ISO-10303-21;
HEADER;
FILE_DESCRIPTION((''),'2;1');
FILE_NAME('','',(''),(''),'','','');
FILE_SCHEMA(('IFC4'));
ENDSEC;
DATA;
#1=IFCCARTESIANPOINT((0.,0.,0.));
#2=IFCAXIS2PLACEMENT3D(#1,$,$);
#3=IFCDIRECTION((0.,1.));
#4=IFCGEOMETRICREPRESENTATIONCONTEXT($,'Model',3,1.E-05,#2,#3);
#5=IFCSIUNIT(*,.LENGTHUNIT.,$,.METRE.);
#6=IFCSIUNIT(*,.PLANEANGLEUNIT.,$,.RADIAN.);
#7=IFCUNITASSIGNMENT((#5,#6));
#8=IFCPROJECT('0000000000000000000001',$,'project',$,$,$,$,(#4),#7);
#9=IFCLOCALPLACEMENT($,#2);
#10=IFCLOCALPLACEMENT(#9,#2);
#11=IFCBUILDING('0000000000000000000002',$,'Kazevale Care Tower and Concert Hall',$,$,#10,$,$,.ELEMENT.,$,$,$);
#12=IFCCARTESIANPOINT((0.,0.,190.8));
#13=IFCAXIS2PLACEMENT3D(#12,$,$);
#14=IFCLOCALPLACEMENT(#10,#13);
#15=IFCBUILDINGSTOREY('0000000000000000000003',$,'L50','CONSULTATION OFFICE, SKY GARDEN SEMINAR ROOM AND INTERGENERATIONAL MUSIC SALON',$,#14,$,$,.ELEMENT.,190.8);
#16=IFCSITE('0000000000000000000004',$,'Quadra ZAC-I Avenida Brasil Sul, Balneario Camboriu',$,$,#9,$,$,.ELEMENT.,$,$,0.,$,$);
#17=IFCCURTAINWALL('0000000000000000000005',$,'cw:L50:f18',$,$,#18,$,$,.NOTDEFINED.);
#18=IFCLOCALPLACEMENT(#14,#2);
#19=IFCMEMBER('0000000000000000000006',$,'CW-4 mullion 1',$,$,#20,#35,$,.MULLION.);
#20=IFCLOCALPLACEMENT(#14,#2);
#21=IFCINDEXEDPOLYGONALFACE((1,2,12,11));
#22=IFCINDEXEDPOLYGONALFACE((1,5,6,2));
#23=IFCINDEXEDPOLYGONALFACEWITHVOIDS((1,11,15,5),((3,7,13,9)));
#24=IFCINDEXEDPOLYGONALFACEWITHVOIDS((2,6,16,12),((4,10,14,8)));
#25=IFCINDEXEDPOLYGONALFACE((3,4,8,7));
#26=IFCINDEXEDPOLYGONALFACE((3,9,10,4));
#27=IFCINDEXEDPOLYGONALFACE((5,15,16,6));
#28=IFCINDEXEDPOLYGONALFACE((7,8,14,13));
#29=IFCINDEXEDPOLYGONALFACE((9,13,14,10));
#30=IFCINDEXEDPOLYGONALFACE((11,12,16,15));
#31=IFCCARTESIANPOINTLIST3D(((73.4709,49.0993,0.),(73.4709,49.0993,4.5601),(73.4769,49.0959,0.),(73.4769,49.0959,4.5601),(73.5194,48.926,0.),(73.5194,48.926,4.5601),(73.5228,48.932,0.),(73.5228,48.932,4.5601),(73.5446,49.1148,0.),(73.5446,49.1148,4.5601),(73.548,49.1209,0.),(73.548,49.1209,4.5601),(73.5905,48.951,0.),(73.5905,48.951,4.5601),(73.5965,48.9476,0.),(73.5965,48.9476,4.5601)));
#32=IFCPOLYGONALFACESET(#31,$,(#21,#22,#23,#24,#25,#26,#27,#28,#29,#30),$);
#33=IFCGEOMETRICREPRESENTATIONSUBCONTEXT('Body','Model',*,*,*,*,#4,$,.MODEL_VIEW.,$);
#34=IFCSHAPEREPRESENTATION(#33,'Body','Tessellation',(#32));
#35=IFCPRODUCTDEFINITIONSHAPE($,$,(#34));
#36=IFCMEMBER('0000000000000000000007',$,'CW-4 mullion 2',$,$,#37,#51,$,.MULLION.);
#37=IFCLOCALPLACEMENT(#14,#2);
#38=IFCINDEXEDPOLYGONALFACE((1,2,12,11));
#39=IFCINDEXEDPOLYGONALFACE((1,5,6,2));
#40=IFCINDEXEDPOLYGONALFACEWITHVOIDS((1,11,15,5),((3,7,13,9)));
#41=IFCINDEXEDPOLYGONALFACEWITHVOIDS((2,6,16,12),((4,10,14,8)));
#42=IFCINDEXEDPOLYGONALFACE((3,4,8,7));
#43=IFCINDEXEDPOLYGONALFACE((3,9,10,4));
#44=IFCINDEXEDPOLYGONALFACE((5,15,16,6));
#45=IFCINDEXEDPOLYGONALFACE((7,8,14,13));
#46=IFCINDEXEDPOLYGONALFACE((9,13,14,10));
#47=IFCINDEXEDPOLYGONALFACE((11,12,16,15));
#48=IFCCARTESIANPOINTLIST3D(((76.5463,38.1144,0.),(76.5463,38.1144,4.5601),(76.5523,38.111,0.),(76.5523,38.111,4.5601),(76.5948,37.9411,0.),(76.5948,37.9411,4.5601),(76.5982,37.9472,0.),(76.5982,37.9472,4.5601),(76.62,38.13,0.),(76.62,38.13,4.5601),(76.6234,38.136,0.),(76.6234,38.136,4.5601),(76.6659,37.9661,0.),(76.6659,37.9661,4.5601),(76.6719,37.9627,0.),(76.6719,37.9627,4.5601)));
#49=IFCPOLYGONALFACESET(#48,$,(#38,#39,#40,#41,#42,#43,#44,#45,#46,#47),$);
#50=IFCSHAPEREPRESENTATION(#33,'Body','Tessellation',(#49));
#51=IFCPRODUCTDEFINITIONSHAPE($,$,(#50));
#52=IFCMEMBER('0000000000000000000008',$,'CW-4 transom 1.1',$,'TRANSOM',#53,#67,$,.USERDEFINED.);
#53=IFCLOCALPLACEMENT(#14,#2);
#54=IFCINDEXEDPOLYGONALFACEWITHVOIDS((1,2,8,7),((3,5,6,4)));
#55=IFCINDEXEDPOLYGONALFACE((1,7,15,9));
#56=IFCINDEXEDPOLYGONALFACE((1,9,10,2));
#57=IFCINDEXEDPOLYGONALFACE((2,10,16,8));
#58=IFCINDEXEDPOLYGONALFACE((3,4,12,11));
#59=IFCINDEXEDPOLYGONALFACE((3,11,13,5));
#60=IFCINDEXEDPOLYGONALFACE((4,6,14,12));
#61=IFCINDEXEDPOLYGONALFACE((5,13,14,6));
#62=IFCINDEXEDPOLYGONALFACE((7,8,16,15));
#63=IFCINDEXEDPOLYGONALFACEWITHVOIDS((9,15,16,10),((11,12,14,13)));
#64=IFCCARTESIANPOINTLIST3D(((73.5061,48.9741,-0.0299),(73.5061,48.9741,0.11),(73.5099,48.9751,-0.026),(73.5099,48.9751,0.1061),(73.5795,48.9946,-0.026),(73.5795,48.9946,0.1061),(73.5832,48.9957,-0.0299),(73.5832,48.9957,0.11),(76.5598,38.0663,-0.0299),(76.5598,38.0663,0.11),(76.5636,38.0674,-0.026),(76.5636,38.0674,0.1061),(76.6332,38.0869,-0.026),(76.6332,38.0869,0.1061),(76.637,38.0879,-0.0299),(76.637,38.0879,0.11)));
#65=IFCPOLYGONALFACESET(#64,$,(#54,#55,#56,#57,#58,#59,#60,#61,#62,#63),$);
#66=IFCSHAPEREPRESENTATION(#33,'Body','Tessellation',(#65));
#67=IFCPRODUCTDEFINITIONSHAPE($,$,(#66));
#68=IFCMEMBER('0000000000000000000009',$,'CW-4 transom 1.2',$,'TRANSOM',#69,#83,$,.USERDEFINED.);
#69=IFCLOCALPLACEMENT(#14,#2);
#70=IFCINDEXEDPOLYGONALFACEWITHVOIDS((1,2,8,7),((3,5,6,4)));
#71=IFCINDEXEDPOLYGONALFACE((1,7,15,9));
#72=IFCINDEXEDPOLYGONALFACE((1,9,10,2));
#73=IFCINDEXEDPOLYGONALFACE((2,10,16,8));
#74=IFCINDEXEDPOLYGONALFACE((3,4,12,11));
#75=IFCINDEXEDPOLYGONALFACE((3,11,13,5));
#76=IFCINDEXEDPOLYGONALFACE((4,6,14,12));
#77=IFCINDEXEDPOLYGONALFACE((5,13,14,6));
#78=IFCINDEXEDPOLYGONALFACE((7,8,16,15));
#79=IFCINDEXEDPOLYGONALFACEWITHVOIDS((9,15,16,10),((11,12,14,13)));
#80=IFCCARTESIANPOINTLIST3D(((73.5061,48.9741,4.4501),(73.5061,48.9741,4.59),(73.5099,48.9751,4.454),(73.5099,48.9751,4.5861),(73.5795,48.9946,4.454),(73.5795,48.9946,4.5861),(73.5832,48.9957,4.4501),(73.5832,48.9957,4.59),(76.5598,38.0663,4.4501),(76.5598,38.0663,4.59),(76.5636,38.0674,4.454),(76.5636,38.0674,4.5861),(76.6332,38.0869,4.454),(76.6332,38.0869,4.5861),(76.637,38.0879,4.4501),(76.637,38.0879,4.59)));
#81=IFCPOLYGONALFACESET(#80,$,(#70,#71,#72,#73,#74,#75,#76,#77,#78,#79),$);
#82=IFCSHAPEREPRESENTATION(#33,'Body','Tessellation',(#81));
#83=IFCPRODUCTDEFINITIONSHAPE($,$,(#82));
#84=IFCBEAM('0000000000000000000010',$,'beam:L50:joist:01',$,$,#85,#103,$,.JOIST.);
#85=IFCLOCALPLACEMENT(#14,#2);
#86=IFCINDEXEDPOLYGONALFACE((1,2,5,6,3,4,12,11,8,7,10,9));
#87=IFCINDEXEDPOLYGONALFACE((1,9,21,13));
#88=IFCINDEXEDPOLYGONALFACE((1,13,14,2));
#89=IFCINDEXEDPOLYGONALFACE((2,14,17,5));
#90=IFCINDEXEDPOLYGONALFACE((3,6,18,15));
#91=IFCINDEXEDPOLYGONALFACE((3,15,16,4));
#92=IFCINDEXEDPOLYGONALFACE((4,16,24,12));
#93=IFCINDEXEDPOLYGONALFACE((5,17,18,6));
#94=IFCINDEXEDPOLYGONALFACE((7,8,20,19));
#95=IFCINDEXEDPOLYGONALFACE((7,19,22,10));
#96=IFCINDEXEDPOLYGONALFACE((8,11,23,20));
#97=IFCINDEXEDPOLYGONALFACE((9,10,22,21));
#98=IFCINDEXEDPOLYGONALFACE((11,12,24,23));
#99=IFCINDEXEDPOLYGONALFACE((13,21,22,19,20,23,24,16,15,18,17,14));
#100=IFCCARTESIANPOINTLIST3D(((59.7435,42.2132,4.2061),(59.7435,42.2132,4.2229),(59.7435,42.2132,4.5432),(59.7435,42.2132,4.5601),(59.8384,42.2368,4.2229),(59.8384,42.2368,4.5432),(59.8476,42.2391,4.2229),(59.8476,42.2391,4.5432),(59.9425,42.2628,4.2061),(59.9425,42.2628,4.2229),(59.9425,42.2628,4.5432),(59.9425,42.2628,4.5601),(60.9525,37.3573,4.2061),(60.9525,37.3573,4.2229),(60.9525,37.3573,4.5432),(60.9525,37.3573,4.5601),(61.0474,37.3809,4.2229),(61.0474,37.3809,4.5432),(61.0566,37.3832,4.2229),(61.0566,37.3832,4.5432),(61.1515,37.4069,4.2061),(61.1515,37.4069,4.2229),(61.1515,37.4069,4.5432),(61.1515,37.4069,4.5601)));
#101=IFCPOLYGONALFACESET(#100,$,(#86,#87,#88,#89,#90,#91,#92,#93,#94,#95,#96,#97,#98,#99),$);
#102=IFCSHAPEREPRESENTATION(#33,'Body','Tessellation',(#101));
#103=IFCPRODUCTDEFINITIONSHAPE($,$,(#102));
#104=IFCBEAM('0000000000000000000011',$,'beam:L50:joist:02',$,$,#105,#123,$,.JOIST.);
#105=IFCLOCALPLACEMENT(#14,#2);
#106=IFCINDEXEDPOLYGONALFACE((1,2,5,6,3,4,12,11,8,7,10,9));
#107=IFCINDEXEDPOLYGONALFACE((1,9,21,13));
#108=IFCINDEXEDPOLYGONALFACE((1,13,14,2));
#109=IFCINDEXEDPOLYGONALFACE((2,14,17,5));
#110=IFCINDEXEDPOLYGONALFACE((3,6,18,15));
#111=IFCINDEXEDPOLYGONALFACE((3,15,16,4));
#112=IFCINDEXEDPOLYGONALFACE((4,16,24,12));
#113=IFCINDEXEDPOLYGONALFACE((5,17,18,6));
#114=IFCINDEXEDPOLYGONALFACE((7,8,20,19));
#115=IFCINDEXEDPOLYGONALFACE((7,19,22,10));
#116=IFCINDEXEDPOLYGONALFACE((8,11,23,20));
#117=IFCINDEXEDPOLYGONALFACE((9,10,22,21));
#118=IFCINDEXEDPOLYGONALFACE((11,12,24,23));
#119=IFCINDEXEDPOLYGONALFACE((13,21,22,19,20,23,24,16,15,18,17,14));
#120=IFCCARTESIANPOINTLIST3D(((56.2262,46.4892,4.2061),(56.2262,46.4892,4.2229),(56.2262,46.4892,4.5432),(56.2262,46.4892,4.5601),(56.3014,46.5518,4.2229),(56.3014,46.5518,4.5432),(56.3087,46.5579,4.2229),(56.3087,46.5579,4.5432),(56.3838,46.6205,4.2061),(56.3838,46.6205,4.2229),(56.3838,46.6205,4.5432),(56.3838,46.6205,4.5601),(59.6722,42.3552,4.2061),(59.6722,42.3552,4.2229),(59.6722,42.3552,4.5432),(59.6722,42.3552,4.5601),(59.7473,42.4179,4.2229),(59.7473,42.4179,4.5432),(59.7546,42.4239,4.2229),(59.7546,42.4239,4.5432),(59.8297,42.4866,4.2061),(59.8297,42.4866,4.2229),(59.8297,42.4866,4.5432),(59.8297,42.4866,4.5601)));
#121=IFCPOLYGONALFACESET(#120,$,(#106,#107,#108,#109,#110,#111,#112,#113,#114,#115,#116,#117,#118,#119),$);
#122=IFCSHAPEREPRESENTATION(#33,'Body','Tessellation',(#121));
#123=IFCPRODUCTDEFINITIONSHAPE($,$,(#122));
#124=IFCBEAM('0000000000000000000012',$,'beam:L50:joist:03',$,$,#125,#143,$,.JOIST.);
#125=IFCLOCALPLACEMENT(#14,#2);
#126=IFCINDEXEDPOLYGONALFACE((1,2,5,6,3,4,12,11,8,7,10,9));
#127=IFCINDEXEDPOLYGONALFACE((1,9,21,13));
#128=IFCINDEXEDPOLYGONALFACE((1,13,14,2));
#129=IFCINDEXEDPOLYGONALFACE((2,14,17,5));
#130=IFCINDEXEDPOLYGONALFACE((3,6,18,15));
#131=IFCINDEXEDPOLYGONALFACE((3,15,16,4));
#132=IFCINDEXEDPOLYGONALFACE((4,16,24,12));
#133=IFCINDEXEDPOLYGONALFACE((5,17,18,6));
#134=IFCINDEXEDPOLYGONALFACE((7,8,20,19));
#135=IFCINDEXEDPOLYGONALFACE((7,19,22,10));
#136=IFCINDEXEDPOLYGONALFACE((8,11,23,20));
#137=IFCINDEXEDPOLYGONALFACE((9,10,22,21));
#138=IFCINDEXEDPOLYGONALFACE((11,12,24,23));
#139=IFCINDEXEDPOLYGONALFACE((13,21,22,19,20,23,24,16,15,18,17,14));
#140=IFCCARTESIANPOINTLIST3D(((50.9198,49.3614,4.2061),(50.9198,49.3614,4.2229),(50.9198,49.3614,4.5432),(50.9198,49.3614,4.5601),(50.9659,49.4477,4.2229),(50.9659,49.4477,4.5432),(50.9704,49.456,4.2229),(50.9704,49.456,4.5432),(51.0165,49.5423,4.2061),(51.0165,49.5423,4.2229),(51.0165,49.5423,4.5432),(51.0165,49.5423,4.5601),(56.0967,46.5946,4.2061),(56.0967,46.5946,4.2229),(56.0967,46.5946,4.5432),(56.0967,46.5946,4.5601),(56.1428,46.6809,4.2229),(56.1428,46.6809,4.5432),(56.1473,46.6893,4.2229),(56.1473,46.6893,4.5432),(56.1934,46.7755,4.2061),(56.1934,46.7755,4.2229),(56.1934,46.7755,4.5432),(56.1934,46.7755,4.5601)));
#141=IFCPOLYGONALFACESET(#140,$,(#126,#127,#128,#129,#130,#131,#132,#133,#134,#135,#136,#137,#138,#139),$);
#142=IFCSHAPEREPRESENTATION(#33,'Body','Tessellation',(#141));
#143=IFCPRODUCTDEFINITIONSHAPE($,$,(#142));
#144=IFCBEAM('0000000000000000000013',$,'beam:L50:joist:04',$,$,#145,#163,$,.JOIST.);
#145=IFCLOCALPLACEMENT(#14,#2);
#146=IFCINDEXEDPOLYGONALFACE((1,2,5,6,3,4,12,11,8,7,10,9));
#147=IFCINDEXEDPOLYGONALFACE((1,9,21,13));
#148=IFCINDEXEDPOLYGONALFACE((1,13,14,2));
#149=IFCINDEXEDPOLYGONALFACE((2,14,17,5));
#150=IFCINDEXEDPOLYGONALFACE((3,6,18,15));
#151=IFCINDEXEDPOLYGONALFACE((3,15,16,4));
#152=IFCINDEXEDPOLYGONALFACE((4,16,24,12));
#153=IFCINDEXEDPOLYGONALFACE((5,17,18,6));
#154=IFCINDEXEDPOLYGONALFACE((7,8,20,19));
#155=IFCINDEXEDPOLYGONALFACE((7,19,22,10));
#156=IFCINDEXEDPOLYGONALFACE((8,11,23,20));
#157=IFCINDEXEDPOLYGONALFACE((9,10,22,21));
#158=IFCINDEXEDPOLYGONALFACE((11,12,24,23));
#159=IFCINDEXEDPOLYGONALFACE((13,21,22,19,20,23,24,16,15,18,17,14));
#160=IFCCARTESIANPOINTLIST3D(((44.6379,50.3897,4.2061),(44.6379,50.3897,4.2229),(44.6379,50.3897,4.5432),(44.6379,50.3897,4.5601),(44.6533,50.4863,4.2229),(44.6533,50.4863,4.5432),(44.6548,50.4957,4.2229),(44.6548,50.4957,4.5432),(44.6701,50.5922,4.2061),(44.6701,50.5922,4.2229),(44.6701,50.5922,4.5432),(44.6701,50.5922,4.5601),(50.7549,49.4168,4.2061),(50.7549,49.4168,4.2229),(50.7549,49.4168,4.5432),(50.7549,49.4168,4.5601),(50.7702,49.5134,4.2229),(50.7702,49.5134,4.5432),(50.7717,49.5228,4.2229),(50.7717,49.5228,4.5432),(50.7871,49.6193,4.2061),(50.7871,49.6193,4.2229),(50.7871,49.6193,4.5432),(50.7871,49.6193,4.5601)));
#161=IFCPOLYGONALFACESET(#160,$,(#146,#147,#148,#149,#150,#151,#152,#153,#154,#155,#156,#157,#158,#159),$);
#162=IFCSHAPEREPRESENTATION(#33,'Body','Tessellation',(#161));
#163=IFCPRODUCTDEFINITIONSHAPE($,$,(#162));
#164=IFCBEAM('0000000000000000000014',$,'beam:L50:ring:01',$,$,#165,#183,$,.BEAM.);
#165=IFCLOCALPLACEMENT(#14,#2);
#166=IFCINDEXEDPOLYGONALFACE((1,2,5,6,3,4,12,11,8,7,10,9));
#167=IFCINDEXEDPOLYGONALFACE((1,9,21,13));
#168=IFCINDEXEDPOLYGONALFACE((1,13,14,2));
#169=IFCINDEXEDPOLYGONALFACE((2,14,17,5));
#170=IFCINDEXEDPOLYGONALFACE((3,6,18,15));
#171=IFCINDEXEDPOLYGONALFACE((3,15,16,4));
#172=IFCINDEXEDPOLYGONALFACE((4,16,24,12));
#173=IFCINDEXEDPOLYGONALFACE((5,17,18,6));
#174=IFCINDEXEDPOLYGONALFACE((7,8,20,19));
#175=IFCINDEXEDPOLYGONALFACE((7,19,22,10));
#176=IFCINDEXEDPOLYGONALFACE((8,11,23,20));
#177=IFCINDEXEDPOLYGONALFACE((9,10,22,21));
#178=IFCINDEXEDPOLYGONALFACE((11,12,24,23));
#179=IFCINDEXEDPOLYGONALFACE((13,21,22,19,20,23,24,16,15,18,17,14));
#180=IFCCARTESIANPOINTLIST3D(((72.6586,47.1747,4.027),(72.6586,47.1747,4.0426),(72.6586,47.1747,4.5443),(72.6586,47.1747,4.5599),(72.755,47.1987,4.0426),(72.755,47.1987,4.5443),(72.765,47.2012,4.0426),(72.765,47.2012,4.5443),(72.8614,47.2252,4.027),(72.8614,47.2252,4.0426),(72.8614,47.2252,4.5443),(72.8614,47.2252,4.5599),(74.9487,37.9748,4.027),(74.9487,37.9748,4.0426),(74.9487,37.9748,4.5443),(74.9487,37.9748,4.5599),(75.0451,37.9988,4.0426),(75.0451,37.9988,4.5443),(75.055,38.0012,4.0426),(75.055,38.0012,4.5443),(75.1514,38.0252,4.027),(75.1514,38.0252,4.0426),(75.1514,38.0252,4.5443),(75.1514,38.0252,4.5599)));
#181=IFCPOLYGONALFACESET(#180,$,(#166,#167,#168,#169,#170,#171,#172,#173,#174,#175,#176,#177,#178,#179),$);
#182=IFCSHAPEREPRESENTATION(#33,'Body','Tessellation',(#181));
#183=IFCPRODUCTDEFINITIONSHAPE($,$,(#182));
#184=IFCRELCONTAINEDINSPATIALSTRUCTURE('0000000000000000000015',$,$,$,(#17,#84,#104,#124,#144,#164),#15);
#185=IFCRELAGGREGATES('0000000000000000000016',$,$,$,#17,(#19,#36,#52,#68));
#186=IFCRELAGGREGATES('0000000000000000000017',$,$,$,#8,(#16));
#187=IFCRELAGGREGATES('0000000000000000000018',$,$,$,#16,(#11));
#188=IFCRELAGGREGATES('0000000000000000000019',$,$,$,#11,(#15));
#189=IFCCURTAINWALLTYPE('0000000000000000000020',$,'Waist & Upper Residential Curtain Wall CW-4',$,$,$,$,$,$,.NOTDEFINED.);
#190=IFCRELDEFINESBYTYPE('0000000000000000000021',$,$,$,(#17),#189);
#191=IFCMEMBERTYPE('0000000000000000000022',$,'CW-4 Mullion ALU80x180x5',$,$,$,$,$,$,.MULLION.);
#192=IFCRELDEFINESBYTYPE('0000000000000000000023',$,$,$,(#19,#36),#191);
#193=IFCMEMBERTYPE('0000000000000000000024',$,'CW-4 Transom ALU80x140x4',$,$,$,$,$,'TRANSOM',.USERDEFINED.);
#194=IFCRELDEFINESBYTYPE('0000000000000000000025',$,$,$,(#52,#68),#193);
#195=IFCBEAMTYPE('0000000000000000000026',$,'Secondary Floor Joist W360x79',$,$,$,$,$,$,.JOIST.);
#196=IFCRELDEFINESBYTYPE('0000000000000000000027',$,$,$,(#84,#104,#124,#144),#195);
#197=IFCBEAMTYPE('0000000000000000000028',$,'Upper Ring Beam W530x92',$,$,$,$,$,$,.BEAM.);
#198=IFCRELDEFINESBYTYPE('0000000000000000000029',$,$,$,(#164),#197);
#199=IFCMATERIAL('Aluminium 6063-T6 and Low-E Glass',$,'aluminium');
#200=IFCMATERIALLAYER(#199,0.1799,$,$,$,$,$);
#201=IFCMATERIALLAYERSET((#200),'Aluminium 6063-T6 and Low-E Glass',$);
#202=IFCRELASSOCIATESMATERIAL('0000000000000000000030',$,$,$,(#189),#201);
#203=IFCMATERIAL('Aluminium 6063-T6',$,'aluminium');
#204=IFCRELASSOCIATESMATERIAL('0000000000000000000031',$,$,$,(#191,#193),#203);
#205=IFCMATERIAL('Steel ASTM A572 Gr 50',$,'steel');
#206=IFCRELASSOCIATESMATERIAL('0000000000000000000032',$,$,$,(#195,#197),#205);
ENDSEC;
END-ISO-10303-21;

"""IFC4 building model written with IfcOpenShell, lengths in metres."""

from ifc_helpers import new_model, si_unit, direction, frame, origin, origin_2d, place, context, subcontext, project, spatial, hollow_rectangle, i_section, extrude, material, layer, layer_set, material_profile, profile_set, type_object, element, aggregate, save


model = new_model("IFC4")

# Units and contexts
model_context = context("Model", 3, precision=1e-05, world=origin(), true_north=direction((0.0, 1.0)))
body_context = subcontext(model_context, "Body", "Model", "MODEL_VIEW")
ifc_project = project(units=[si_unit("LENGTHUNIT", "METRE"), si_unit("PLANEANGLEUNIT", "RADIAN")], contexts=[model_context])

# Site, building, storey
site_placement = place(None, origin())
site = spatial("IfcSite", under=ifc_project, at=site_placement, Name="Quadra ZAC-I Avenida Brasil Sul, Balneario Camboriu", CompositionType="ELEMENT", RefElevation=0.0)
building_placement = place(site_placement, origin())
building = spatial("IfcBuilding", under=site, at=building_placement, Name="Kazevale Care Tower and Concert Hall", CompositionType="ELEMENT")
storey_placement = place(building_placement, frame((0.0, 0.0, 190.8)))
storey = spatial("IfcBuildingStorey", under=building, at=storey_placement, Name="L50", Description="CONSULTATION OFFICE, SKY GARDEN SEMINAR ROOM AND INTERGENERATIONAL MUSIC SALON", CompositionType="ELEMENT", Elevation=190.8)

# Shared definitions
ifc_material_1 = material(Name="Aluminium 6063-T6 and Low-E Glass", Category="aluminium")
ifc_material_2 = material(Name="Aluminium 6063-T6", Category="aluminium")

# Curtain wall, members
ifc_layer_1 = layer(ifc_material_1, 0.1799)
ifc_layer_set_1 = layer_set([ifc_layer_1], Name="Aluminium 6063-T6 and Low-E Glass")
curtain_wall_type_1 = type_object("IfcCurtainWallType", Name="Waist & Upper Residential Curtain Wall CW-4", PredefinedType="NOTDEFINED", material=ifc_layer_set_1)
curtain_wall_1_placement = place(storey_placement, origin())
curtain_wall_1 = element("IfcCurtainWall", 1, at=curtain_wall_1_placement, inside=storey, type_object=curtain_wall_type_1, Name="cw:L50:f18", PredefinedType="NOTDEFINED")
ifc_material_profile_1 = material_profile(ifc_material_2, hollow_rectangle(XDim=0.0801, YDim=0.1799, WallThickness=0.0049, at=origin_2d()), Name="ALU80x180x5")
ifc_profile_set_1 = profile_set([ifc_material_profile_1], Name="Aluminium 6063-T6")
member_type_1 = type_object("IfcMemberType", Name="CW-4 Mullion ALU80x180x5", PredefinedType="MULLION", material=ifc_profile_set_1)
member_1_placement = place(storey_placement, frame((73.5337, 49.0234, 0.0), z_axis=(0.0, 0.0, 1.0), x_axis=(0.962972, 0.269601, 0.0)))
member_1 = element("IfcMember", 2, at=member_1_placement, type_object=member_type_1, Name="CW-4 mullion 1", PredefinedType="MULLION", context=body_context, shape_type="SweptSolid", body=[
    extrude(hollow_rectangle(XDim=0.0801, YDim=0.1799, WallThickness=0.0049, at=origin_2d()), origin(), (0.0, 0.0, 1.0), 4.5601),
])
member_2_placement = place(storey_placement, frame((76.6091, 38.0386, 0.0), z_axis=(0.0, 0.0, 1.0), x_axis=(0.962972, 0.269601, 0.0)))
member_2 = element("IfcMember", 3, at=member_2_placement, type_object=member_type_1, Name="CW-4 mullion 2", PredefinedType="MULLION", context=body_context, shape_type="SweptSolid", body=[
    extrude(hollow_rectangle(XDim=0.0801, YDim=0.1799, WallThickness=0.0049, at=origin_2d()), origin(), (0.0, 0.0, 1.0), 4.5601),
])
ifc_material_profile_2 = material_profile(ifc_material_2, hollow_rectangle(XDim=0.0801, YDim=0.1399, WallThickness=0.0039, at=origin_2d()), Name="ALU80x140x4")
ifc_profile_set_2 = profile_set([ifc_material_profile_2], Name="Aluminium 6063-T6")
member_type_2 = type_object("IfcMemberType", Name="CW-4 Transom ALU80x140x4", ElementType="TRANSOM", PredefinedType="USERDEFINED", material=ifc_profile_set_2)
member_3_placement = place(storey_placement, frame((73.5447, 48.9849, 0.04), z_axis=(0.269593, -0.962974, 0.0), x_axis=(0.962974, 0.269593, 0.0)))
member_3 = element("IfcMember", 4, at=member_3_placement, type_object=member_type_2, Name="CW-4 transom 1.1", ObjectType="TRANSOM", PredefinedType="USERDEFINED", context=body_context, shape_type="SweptSolid", body=[
    extrude(hollow_rectangle(XDim=0.0801, YDim=0.1399, WallThickness=0.0039, at=origin_2d()), origin(), (0.0, 0.0, 1.0), 11.3271),
])
member_4_placement = place(storey_placement, frame((73.5447, 48.9849, 4.52), z_axis=(0.269593, -0.962974, 0.0), x_axis=(0.962974, 0.269593, 0.0)))
member_4 = element("IfcMember", 5, at=member_4_placement, type_object=member_type_2, Name="CW-4 transom 1.2", ObjectType="TRANSOM", PredefinedType="USERDEFINED", context=body_context, shape_type="SweptSolid", body=[
    extrude(hollow_rectangle(XDim=0.0801, YDim=0.1399, WallThickness=0.0039, at=origin_2d()), origin(), (0.0, 0.0, 1.0), 11.3271),
])

# Beams
ifc_material_3 = material(Name="Steel ASTM A572 Gr 50", Category="steel")
ifc_material_profile_3 = material_profile(ifc_material_3, i_section(OverallWidth=0.2051, OverallDepth=0.354, WebThickness=0.0095, FlangeThickness=0.0168, at=origin_2d()), Name="W360x79")
ifc_profile_set_3 = profile_set([ifc_material_profile_3], Name="Steel ASTM A572 Gr 50")
beam_type_1 = type_object("IfcBeamType", Name="Secondary Floor Joist W360x79", PredefinedType="JOIST", material=ifc_profile_set_3)
beam_1_placement = place(storey_placement, frame((61.052, 37.3821, 4.3831), z_axis=(-0.241594, 0.970377, 0.0), x_axis=(-0.970377, -0.241594, 0.0)))
element("IfcBeam", 6, at=beam_1_placement, inside=storey, type_object=beam_type_1, Name="beam:L50:joist:01", PredefinedType="JOIST", context=body_context, shape_type="SweptSolid", body=[
    extrude(i_section(OverallWidth=0.2051, OverallDepth=0.354, WebThickness=0.0095, FlangeThickness=0.0168, at=origin_2d()), origin(), (0.0, 0.0, 1.0), 5.0042),
])
beam_2_placement = place(storey_placement, frame((59.751, 42.4209, 4.3831), z_axis=(-0.640296, 0.768128, 0.0), x_axis=(-0.768128, -0.640296, 0.0)))
element("IfcBeam", 7, at=beam_2_placement, inside=storey, type_object=beam_type_1, Name="beam:L50:joist:02", PredefinedType="JOIST", context=body_context, shape_type="SweptSolid", body=[
    extrude(i_section(OverallWidth=0.2051, OverallDepth=0.354, WebThickness=0.0095, FlangeThickness=0.0168, at=origin_2d()), origin(), (0.0, 0.0, 1.0), 5.3818),
])
beam_3_placement = place(storey_placement, frame((56.145, 46.6851, 4.3831), z_axis=(-0.881944, 0.471354, 0.0), x_axis=(-0.471354, -0.881944, 0.0)))
element("IfcBeam", 8, at=beam_3_placement, inside=storey, type_object=beam_type_1, Name="beam:L50:joist:03", PredefinedType="JOIST", context=body_context, shape_type="SweptSolid", body=[
    extrude(i_section(OverallWidth=0.2051, OverallDepth=0.354, WebThickness=0.0095, FlangeThickness=0.0168, at=origin_2d()), origin(), (0.0, 0.0, 1.0), 5.8699),
])
beam_4_placement = place(storey_placement, frame((50.771, 49.5181, 4.3831), z_axis=(-0.987587, 0.157076, 0.0), x_axis=(-0.157076, -0.987587, 0.0)))
element("IfcBeam", 9, at=beam_4_placement, inside=storey, type_object=beam_type_1, Name="beam:L50:joist:04", PredefinedType="JOIST", context=body_context, shape_type="SweptSolid", body=[
    extrude(i_section(OverallWidth=0.2051, OverallDepth=0.354, WebThickness=0.0095, FlangeThickness=0.0168, at=origin_2d()), origin(), (0.0, 0.0, 1.0), 6.1938),
])
ifc_material_profile_4 = material_profile(ifc_material_3, i_section(OverallWidth=0.209, OverallDepth=0.533, WebThickness=0.0103, FlangeThickness=0.0156, at=origin_2d()), Name="W530x92")
ifc_profile_set_4 = profile_set([ifc_material_profile_4], Name="Steel ASTM A572 Gr 50")
beam_type_2 = type_object("IfcBeamType", Name="Upper Ring Beam W530x92", PredefinedType="BEAM", material=ifc_profile_set_4)
beam_5_placement = place(storey_placement, frame((75.05, 38.0, 4.2935), z_axis=(-0.241548, 0.970389, 0.0), x_axis=(-0.970389, -0.241548, 0.0)))
element("IfcBeam", 10, at=beam_5_placement, inside=storey, type_object=beam_type_2, Name="beam:L50:ring:01", PredefinedType="BEAM", context=body_context, shape_type="SweptSolid", body=[
    extrude(i_section(OverallWidth=0.209, OverallDepth=0.533, WebThickness=0.0103, FlangeThickness=0.0156, at=origin_2d()), origin(), (0.0, 0.0, 1.0), 9.4807),
])

aggregate(curtain_wall_1, [member_1, member_2, member_3, member_4])

save(model, "model.ifc")
